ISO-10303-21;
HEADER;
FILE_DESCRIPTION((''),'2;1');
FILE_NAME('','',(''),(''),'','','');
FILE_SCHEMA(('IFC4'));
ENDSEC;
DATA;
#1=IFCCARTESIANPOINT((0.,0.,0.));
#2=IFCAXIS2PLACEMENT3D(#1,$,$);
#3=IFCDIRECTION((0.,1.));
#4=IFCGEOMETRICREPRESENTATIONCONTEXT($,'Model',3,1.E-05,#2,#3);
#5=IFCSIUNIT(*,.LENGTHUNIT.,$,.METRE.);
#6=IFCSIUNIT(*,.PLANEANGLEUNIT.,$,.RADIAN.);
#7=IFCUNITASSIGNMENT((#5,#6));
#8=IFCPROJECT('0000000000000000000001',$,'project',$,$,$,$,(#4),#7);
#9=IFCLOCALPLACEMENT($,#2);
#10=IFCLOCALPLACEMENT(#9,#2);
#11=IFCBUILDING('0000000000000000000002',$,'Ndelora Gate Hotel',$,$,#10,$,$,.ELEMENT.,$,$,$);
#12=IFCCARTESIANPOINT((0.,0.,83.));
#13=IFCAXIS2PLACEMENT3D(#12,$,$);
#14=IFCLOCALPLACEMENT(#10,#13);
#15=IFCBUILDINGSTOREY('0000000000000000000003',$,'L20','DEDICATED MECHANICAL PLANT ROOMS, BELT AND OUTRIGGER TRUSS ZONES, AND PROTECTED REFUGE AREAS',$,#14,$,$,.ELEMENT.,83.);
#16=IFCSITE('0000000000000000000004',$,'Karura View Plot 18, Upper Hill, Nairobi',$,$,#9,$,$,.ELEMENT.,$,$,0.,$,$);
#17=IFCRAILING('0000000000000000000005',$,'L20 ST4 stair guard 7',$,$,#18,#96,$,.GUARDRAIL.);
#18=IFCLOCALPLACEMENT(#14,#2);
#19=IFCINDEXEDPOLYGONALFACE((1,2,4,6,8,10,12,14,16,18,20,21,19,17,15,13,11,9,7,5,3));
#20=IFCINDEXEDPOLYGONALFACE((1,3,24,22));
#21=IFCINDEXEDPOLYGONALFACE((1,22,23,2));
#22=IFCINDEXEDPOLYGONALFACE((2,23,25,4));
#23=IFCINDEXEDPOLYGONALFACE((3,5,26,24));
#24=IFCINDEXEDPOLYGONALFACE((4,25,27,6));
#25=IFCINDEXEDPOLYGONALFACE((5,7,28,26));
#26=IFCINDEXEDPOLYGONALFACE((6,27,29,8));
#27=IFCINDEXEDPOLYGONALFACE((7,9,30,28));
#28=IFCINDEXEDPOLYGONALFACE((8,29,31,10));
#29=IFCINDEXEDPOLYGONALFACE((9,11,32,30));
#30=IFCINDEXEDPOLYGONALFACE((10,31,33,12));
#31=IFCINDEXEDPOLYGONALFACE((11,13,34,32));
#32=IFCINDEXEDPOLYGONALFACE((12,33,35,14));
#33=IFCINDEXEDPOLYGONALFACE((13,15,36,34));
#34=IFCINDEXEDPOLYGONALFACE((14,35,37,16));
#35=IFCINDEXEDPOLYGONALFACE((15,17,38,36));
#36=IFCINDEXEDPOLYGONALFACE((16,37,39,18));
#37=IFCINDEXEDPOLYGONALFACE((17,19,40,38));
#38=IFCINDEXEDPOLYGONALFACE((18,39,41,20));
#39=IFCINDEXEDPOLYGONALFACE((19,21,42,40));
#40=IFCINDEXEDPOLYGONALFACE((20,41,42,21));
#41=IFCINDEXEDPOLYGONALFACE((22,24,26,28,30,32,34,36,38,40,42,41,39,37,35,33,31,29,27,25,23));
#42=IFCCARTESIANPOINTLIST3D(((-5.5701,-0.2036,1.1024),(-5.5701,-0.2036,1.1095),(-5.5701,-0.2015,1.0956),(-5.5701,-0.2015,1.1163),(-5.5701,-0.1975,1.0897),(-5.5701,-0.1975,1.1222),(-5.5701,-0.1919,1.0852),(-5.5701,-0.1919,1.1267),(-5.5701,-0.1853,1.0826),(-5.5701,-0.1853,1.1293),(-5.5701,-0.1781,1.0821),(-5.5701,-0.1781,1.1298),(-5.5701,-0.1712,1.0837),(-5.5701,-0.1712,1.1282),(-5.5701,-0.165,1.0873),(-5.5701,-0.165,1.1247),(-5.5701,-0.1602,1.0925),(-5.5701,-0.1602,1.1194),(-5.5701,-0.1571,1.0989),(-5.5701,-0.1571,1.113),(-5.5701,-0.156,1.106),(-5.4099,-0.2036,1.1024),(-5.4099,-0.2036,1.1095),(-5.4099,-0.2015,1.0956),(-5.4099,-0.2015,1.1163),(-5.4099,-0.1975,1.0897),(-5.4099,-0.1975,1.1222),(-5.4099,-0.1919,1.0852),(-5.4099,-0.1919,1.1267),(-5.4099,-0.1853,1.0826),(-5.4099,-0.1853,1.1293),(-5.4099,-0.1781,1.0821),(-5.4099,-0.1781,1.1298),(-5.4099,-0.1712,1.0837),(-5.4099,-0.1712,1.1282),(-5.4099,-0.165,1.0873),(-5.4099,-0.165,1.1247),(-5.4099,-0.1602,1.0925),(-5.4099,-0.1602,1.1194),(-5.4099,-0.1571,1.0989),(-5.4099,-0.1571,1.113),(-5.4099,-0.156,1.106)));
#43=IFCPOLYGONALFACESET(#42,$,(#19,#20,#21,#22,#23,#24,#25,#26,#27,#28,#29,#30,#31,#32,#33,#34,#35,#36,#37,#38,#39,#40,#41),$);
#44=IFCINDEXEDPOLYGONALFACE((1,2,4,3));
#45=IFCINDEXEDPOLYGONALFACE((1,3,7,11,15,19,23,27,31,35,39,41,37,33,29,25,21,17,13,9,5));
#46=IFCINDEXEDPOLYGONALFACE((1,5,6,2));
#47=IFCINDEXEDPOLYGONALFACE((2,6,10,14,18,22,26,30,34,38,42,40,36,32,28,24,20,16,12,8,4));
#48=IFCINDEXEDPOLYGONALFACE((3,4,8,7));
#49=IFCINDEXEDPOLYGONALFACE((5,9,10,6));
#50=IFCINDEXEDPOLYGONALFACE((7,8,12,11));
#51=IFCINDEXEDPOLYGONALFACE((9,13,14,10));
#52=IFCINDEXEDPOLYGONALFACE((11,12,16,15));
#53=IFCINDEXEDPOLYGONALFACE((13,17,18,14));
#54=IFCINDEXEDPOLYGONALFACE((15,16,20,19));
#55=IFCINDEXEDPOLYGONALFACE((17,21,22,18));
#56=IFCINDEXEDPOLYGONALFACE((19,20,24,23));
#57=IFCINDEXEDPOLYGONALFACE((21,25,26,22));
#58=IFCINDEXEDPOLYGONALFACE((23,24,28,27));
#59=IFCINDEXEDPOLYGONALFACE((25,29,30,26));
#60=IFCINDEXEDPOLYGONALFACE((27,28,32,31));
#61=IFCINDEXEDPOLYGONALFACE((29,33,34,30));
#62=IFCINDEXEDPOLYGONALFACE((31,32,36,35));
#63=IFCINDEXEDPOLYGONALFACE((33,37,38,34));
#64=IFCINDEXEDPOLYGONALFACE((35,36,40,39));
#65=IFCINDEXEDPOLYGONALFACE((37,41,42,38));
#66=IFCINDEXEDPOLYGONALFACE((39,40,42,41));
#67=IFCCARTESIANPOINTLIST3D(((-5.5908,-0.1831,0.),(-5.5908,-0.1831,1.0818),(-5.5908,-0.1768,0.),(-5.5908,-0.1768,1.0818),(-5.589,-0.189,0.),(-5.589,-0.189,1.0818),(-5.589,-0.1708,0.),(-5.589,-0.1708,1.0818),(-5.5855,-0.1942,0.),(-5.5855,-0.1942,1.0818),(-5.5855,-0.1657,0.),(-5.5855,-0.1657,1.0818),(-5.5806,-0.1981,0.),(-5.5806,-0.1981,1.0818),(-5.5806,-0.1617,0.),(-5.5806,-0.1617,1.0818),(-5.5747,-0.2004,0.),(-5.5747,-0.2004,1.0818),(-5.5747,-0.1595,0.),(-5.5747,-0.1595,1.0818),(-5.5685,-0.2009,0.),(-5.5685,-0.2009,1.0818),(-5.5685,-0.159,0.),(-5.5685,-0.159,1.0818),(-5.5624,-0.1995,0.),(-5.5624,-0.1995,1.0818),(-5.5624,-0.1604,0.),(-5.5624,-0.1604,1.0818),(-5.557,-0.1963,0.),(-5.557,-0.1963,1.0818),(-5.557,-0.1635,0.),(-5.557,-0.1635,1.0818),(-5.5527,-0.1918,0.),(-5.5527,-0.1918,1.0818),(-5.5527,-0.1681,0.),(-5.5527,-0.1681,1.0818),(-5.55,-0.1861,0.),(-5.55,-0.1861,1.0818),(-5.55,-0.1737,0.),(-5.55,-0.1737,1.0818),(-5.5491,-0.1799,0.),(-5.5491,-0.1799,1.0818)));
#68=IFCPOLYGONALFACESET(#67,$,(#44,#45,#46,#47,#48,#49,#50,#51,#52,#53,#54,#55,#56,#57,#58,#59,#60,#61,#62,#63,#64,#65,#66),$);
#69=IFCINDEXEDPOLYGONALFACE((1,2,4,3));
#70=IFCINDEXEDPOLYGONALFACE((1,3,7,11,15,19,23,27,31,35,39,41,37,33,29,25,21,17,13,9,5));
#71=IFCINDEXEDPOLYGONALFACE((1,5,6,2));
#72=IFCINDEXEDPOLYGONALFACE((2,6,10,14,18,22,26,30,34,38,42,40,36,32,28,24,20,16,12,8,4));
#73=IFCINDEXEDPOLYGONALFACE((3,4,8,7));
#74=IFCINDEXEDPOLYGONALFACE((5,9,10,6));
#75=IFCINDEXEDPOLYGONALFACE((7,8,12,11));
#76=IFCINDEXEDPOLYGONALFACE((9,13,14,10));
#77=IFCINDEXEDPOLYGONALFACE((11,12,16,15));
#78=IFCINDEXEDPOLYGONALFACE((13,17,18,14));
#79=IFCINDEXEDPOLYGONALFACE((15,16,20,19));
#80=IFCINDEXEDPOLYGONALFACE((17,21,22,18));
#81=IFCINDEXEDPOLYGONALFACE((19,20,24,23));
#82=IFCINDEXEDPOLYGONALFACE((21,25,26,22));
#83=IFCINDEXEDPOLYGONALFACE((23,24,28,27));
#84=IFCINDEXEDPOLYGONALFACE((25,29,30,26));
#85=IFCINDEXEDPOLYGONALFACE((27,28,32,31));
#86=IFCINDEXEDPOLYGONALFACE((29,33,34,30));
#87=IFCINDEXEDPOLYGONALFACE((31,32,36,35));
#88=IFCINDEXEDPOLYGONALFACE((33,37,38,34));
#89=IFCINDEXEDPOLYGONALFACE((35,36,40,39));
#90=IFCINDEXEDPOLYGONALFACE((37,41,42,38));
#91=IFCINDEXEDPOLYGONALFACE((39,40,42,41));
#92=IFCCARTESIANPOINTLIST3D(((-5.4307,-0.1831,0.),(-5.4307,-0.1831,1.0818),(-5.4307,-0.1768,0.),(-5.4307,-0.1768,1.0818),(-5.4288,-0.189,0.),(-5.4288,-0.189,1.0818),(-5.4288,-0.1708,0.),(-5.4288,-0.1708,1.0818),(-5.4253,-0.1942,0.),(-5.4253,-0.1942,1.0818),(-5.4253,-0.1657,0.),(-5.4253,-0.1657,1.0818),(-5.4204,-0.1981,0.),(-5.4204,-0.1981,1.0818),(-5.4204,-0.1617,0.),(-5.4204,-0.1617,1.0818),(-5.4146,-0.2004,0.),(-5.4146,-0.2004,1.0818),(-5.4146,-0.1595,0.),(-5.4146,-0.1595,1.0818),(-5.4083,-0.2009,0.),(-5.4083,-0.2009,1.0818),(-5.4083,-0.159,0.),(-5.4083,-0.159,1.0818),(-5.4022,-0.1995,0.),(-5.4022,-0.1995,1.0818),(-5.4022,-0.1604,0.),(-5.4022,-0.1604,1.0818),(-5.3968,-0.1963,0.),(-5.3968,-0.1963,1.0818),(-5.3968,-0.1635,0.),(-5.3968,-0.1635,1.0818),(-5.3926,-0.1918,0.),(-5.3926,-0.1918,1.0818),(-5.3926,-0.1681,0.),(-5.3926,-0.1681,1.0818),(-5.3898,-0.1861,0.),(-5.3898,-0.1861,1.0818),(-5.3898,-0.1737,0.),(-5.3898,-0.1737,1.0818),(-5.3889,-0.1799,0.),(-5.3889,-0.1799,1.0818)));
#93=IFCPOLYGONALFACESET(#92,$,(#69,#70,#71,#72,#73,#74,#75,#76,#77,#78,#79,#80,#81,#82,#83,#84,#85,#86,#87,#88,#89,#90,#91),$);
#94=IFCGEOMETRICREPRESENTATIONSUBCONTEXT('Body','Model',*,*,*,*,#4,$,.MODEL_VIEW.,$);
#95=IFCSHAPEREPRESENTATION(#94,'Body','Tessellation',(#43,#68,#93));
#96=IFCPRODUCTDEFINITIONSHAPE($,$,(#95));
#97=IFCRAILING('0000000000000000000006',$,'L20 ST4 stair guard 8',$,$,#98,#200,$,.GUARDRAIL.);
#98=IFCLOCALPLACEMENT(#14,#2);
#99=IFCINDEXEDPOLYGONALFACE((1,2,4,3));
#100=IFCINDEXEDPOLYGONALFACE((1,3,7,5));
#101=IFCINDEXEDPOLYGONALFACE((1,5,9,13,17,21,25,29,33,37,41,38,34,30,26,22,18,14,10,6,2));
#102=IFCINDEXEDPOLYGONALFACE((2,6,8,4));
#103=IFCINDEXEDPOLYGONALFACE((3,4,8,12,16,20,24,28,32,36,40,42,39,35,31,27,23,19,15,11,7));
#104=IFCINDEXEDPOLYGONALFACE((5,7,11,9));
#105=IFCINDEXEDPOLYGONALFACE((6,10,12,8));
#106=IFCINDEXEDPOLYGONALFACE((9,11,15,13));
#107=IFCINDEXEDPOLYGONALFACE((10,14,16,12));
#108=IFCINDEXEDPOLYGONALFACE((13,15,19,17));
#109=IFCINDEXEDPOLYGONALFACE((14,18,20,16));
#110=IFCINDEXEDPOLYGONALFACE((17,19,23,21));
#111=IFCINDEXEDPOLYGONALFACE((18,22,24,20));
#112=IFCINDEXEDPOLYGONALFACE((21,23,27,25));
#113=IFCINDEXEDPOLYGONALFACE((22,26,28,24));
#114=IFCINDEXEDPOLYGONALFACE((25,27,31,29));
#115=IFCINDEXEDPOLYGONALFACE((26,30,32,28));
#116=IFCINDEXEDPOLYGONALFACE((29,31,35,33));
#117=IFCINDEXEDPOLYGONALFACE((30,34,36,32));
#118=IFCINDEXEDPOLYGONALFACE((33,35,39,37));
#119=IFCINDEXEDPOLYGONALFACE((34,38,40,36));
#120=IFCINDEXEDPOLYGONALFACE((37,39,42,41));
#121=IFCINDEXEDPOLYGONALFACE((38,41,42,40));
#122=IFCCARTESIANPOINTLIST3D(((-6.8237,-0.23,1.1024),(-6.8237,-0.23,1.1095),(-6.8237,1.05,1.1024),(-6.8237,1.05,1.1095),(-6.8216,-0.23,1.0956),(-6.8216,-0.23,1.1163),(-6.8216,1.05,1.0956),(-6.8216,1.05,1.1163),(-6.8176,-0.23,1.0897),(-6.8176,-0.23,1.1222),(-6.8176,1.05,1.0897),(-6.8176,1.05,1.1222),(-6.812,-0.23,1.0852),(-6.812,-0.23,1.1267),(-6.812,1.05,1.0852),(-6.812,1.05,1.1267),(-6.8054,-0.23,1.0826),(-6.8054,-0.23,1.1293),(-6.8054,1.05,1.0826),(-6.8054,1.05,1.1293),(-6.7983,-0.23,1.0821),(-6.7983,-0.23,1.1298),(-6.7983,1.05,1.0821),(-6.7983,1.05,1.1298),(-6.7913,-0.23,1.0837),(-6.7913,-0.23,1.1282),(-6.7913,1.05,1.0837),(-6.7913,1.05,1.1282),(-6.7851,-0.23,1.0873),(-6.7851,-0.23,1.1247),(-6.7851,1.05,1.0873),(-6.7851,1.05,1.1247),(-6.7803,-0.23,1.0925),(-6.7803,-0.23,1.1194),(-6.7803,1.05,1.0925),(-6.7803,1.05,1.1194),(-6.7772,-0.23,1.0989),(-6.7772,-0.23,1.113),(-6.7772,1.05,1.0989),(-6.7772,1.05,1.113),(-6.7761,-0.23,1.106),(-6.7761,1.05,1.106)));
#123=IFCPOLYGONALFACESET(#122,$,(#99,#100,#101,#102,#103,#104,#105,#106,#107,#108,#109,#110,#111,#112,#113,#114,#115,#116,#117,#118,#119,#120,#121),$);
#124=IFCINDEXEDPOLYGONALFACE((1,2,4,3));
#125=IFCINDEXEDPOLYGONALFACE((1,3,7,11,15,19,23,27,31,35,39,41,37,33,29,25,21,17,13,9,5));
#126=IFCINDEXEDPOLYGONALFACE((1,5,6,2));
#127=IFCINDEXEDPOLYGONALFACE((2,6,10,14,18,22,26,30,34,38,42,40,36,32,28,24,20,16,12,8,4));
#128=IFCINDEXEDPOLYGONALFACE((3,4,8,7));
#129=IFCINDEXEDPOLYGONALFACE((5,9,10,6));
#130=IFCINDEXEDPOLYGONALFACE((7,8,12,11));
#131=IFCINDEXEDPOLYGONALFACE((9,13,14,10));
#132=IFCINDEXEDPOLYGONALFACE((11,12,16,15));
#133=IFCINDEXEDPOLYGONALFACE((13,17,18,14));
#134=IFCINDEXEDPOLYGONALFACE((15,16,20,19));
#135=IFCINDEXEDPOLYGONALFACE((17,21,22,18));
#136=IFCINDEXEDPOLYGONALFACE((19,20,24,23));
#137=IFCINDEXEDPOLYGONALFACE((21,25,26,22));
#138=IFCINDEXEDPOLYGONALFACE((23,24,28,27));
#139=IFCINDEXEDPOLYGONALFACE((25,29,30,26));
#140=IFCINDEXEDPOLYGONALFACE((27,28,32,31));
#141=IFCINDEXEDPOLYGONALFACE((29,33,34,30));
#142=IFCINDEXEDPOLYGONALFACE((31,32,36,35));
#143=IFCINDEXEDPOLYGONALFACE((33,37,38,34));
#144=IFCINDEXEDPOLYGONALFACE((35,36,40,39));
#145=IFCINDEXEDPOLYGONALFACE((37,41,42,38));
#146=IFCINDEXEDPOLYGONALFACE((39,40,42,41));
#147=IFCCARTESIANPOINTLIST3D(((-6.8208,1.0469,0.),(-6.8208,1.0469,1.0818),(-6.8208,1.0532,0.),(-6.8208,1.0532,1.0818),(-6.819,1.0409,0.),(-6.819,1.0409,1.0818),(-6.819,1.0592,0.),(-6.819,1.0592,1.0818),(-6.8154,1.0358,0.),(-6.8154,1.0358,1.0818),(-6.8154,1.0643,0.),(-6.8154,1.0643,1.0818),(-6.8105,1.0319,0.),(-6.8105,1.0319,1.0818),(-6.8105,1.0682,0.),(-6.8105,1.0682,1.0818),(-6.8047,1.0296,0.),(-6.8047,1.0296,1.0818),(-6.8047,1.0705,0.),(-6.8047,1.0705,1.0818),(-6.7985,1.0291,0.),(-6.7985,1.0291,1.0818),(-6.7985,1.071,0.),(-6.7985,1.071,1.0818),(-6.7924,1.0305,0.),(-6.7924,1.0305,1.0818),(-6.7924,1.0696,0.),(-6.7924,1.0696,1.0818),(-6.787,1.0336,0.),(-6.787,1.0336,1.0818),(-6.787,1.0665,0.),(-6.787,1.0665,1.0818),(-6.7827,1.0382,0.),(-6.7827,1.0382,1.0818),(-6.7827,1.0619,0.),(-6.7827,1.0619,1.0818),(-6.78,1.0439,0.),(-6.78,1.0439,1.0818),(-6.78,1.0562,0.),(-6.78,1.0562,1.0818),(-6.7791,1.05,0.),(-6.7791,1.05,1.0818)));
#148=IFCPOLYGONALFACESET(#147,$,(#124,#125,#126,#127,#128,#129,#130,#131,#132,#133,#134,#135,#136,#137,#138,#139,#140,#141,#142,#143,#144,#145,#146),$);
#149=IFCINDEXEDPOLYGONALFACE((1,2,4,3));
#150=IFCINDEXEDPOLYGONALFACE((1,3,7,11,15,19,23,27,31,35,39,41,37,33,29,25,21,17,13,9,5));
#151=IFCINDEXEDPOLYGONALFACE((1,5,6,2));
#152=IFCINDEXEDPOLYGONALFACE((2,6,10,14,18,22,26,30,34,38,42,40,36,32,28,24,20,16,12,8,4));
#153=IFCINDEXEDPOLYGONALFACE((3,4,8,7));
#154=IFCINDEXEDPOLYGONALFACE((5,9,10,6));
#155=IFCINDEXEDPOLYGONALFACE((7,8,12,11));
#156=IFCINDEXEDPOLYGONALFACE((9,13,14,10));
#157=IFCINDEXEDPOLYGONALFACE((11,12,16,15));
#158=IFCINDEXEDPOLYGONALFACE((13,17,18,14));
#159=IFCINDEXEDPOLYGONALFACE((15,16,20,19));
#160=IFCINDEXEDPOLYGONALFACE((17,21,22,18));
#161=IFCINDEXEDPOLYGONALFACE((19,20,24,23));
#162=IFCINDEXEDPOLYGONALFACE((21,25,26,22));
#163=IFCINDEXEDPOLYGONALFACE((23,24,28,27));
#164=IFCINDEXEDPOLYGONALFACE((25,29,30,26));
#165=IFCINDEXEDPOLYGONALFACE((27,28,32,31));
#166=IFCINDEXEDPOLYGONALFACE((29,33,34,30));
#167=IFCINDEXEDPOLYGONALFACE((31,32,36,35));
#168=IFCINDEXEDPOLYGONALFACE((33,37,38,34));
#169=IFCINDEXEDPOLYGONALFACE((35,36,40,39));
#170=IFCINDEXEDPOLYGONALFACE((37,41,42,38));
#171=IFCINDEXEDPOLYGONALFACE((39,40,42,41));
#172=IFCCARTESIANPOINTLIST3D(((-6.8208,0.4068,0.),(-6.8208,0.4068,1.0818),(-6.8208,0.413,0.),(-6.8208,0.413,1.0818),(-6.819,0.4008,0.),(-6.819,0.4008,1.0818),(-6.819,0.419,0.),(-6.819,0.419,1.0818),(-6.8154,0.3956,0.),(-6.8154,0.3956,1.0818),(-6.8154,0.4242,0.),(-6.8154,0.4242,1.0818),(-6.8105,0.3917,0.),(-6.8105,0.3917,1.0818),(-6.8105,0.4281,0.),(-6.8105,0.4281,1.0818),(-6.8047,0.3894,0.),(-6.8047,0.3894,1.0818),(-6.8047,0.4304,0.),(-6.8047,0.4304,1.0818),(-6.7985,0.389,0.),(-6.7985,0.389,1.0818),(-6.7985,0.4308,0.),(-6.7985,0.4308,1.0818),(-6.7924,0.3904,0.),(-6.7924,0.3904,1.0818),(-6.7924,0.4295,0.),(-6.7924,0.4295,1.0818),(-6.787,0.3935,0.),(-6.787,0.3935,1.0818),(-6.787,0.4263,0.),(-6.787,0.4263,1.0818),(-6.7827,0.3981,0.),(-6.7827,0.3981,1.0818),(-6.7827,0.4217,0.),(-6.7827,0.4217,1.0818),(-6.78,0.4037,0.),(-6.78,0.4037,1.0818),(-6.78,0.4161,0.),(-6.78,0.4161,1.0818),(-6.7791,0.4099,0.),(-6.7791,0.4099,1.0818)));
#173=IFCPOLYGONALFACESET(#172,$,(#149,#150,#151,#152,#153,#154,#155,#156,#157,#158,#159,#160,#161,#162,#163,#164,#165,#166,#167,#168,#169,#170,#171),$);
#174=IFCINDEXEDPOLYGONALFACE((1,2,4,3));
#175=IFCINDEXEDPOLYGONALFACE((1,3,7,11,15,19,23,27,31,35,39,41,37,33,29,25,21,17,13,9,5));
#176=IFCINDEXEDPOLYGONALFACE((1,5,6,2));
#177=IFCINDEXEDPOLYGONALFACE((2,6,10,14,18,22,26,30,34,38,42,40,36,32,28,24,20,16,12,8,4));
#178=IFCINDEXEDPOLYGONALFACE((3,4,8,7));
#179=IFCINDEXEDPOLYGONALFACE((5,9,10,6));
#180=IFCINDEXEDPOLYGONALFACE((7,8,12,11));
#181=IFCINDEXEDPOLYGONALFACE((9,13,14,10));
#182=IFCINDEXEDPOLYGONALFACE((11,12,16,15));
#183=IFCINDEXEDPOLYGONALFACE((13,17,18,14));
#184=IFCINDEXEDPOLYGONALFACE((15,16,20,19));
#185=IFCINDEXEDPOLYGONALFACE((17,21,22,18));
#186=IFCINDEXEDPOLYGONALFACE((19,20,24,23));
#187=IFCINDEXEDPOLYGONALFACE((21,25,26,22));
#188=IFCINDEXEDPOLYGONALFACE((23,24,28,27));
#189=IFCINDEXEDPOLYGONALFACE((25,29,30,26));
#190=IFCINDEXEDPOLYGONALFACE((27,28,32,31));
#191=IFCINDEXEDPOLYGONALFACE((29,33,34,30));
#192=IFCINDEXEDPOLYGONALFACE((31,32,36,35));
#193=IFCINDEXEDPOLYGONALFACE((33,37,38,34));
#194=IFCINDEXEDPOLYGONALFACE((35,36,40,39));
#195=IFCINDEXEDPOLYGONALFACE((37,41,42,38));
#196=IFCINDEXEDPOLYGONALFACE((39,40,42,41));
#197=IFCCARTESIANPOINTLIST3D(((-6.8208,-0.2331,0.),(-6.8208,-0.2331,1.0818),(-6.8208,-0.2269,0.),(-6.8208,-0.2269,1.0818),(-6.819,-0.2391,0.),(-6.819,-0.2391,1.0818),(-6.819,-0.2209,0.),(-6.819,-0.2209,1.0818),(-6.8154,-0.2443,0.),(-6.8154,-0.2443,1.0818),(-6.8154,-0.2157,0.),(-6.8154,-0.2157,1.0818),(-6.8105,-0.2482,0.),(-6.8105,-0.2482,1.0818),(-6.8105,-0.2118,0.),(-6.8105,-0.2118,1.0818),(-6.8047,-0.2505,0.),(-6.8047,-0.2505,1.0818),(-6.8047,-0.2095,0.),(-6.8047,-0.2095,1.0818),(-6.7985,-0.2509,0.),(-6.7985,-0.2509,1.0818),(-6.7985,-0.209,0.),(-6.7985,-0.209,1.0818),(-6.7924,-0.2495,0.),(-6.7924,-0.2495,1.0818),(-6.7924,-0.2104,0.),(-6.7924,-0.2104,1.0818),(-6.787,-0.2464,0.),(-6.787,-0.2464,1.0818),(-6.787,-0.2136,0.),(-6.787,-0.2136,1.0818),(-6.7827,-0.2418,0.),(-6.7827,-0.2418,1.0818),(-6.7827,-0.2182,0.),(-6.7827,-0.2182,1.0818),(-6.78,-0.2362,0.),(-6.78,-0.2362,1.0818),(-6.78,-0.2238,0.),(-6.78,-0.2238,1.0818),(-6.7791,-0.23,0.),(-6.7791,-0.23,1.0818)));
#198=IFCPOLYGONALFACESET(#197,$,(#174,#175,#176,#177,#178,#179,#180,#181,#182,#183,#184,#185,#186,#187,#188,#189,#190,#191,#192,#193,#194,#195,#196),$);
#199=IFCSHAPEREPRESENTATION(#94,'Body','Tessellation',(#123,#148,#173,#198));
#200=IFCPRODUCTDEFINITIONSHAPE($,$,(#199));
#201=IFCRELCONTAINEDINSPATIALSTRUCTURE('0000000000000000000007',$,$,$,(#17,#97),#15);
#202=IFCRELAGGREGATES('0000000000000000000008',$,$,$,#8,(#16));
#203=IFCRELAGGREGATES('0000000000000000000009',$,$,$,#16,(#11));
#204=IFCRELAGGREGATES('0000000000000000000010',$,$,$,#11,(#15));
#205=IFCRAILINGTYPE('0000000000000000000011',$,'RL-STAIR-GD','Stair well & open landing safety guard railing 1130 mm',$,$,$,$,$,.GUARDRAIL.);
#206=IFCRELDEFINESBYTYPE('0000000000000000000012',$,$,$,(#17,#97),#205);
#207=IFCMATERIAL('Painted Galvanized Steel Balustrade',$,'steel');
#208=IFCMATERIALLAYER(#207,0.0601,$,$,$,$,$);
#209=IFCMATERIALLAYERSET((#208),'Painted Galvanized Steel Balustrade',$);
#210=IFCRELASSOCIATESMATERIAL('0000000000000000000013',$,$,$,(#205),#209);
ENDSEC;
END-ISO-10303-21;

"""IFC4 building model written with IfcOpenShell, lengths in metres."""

from ifc_helpers import new_model, si_unit, direction, frame, origin, origin_2d, place, context, subcontext, project, spatial, circle, extrude, material, layer, layer_set, type_object, element, save


model = new_model("IFC4")

# Units and contexts
model_context = context("Model", 3, precision=1e-05, world=origin(), true_north=direction((0.0, 1.0)))
body_context = subcontext(model_context, "Body", "Model", "MODEL_VIEW")
ifc_project = project(units=[si_unit("LENGTHUNIT", "METRE"), si_unit("PLANEANGLEUNIT", "RADIAN")], contexts=[model_context])

# Site, building, storey
site_placement = place(None, origin())
site = spatial("IfcSite", under=ifc_project, at=site_placement, Name="Karura View Plot 18, Upper Hill, Nairobi", CompositionType="ELEMENT", RefElevation=0.0)
building_placement = place(site_placement, origin())
building = spatial("IfcBuilding", under=site, at=building_placement, Name="Ndelora Gate Hotel", CompositionType="ELEMENT")
storey_placement = place(building_placement, frame((0.0, 0.0, 83.0)))
storey = spatial("IfcBuildingStorey", under=building, at=storey_placement, Name="L20", Description="DEDICATED MECHANICAL PLANT ROOMS, BELT AND OUTRIGGER TRUSS ZONES, AND PROTECTED REFUGE AREAS", CompositionType="ELEMENT", Elevation=83.0)

# Railings
ifc_material_1 = material(Name="Painted Galvanized Steel Balustrade", Category="steel")
ifc_layer_1 = layer(ifc_material_1, 0.0601)
ifc_layer_set_1 = layer_set([ifc_layer_1], Name="Painted Galvanized Steel Balustrade")
railing_type_1 = type_object("IfcRailingType", Name="RL-STAIR-GD", Description="Stair well & open landing safety guard railing 1130 mm", PredefinedType="GUARDRAIL", material=ifc_layer_set_1)
railing_1_placement = place(storey_placement, frame((-5.5701, -0.1799, 0.0)))
element("IfcRailing", 1, at=railing_1_placement, inside=storey, type_object=railing_type_1, Name="L20 ST4 stair guard 7", PredefinedType="GUARDRAIL", context=body_context, shape_type="SweptSolid", body=[
    extrude(circle(Radius=0.0239, at=origin_2d()), frame((0.0, 0.0, 1.106), z_axis=(1.0, 0.0, 0.0), x_axis=(0.0, 1.0, 0.0)), (0.0, 0.0, 1.0), 0.1602),
    extrude(circle(Radius=0.021, at=origin_2d()), origin(), (0.0, 0.0, 1.0), 1.0818),
    extrude(circle(Radius=0.021, at=origin_2d()), frame((0.1602, 0.0, 0.0)), (0.0, 0.0, 1.0), 1.0818),
])
for number, where, name in (
    (2, (-6.8, 1.05, 0.0), "L20 ST4 stair guard 8"),
):
    element("IfcRailing", number, at=place(storey_placement, frame(where)), inside=storey, type_object=railing_type_1, Name=name, PredefinedType="GUARDRAIL", context=body_context, shape_type="SweptSolid", body=[
        extrude(circle(Radius=0.0239, at=origin_2d()), frame((0.0, 0.0, 1.106), z_axis=(0.0, -1.0, 0.0), x_axis=(1.0, 0.0, 0.0)), (0.0, 0.0, 1.0), 1.28),
        extrude(circle(Radius=0.021, at=origin_2d()), origin(), (0.0, 0.0, 1.0), 1.0818),
        extrude(circle(Radius=0.021, at=origin_2d()), frame((0.0, -0.6401, 0.0)), (0.0, 0.0, 1.0), 1.0818),
        extrude(circle(Radius=0.021, at=origin_2d()), frame((0.0, -1.28, 0.0)), (0.0, 0.0, 1.0), 1.0818),
    ])

save(model, "model.ifc")
